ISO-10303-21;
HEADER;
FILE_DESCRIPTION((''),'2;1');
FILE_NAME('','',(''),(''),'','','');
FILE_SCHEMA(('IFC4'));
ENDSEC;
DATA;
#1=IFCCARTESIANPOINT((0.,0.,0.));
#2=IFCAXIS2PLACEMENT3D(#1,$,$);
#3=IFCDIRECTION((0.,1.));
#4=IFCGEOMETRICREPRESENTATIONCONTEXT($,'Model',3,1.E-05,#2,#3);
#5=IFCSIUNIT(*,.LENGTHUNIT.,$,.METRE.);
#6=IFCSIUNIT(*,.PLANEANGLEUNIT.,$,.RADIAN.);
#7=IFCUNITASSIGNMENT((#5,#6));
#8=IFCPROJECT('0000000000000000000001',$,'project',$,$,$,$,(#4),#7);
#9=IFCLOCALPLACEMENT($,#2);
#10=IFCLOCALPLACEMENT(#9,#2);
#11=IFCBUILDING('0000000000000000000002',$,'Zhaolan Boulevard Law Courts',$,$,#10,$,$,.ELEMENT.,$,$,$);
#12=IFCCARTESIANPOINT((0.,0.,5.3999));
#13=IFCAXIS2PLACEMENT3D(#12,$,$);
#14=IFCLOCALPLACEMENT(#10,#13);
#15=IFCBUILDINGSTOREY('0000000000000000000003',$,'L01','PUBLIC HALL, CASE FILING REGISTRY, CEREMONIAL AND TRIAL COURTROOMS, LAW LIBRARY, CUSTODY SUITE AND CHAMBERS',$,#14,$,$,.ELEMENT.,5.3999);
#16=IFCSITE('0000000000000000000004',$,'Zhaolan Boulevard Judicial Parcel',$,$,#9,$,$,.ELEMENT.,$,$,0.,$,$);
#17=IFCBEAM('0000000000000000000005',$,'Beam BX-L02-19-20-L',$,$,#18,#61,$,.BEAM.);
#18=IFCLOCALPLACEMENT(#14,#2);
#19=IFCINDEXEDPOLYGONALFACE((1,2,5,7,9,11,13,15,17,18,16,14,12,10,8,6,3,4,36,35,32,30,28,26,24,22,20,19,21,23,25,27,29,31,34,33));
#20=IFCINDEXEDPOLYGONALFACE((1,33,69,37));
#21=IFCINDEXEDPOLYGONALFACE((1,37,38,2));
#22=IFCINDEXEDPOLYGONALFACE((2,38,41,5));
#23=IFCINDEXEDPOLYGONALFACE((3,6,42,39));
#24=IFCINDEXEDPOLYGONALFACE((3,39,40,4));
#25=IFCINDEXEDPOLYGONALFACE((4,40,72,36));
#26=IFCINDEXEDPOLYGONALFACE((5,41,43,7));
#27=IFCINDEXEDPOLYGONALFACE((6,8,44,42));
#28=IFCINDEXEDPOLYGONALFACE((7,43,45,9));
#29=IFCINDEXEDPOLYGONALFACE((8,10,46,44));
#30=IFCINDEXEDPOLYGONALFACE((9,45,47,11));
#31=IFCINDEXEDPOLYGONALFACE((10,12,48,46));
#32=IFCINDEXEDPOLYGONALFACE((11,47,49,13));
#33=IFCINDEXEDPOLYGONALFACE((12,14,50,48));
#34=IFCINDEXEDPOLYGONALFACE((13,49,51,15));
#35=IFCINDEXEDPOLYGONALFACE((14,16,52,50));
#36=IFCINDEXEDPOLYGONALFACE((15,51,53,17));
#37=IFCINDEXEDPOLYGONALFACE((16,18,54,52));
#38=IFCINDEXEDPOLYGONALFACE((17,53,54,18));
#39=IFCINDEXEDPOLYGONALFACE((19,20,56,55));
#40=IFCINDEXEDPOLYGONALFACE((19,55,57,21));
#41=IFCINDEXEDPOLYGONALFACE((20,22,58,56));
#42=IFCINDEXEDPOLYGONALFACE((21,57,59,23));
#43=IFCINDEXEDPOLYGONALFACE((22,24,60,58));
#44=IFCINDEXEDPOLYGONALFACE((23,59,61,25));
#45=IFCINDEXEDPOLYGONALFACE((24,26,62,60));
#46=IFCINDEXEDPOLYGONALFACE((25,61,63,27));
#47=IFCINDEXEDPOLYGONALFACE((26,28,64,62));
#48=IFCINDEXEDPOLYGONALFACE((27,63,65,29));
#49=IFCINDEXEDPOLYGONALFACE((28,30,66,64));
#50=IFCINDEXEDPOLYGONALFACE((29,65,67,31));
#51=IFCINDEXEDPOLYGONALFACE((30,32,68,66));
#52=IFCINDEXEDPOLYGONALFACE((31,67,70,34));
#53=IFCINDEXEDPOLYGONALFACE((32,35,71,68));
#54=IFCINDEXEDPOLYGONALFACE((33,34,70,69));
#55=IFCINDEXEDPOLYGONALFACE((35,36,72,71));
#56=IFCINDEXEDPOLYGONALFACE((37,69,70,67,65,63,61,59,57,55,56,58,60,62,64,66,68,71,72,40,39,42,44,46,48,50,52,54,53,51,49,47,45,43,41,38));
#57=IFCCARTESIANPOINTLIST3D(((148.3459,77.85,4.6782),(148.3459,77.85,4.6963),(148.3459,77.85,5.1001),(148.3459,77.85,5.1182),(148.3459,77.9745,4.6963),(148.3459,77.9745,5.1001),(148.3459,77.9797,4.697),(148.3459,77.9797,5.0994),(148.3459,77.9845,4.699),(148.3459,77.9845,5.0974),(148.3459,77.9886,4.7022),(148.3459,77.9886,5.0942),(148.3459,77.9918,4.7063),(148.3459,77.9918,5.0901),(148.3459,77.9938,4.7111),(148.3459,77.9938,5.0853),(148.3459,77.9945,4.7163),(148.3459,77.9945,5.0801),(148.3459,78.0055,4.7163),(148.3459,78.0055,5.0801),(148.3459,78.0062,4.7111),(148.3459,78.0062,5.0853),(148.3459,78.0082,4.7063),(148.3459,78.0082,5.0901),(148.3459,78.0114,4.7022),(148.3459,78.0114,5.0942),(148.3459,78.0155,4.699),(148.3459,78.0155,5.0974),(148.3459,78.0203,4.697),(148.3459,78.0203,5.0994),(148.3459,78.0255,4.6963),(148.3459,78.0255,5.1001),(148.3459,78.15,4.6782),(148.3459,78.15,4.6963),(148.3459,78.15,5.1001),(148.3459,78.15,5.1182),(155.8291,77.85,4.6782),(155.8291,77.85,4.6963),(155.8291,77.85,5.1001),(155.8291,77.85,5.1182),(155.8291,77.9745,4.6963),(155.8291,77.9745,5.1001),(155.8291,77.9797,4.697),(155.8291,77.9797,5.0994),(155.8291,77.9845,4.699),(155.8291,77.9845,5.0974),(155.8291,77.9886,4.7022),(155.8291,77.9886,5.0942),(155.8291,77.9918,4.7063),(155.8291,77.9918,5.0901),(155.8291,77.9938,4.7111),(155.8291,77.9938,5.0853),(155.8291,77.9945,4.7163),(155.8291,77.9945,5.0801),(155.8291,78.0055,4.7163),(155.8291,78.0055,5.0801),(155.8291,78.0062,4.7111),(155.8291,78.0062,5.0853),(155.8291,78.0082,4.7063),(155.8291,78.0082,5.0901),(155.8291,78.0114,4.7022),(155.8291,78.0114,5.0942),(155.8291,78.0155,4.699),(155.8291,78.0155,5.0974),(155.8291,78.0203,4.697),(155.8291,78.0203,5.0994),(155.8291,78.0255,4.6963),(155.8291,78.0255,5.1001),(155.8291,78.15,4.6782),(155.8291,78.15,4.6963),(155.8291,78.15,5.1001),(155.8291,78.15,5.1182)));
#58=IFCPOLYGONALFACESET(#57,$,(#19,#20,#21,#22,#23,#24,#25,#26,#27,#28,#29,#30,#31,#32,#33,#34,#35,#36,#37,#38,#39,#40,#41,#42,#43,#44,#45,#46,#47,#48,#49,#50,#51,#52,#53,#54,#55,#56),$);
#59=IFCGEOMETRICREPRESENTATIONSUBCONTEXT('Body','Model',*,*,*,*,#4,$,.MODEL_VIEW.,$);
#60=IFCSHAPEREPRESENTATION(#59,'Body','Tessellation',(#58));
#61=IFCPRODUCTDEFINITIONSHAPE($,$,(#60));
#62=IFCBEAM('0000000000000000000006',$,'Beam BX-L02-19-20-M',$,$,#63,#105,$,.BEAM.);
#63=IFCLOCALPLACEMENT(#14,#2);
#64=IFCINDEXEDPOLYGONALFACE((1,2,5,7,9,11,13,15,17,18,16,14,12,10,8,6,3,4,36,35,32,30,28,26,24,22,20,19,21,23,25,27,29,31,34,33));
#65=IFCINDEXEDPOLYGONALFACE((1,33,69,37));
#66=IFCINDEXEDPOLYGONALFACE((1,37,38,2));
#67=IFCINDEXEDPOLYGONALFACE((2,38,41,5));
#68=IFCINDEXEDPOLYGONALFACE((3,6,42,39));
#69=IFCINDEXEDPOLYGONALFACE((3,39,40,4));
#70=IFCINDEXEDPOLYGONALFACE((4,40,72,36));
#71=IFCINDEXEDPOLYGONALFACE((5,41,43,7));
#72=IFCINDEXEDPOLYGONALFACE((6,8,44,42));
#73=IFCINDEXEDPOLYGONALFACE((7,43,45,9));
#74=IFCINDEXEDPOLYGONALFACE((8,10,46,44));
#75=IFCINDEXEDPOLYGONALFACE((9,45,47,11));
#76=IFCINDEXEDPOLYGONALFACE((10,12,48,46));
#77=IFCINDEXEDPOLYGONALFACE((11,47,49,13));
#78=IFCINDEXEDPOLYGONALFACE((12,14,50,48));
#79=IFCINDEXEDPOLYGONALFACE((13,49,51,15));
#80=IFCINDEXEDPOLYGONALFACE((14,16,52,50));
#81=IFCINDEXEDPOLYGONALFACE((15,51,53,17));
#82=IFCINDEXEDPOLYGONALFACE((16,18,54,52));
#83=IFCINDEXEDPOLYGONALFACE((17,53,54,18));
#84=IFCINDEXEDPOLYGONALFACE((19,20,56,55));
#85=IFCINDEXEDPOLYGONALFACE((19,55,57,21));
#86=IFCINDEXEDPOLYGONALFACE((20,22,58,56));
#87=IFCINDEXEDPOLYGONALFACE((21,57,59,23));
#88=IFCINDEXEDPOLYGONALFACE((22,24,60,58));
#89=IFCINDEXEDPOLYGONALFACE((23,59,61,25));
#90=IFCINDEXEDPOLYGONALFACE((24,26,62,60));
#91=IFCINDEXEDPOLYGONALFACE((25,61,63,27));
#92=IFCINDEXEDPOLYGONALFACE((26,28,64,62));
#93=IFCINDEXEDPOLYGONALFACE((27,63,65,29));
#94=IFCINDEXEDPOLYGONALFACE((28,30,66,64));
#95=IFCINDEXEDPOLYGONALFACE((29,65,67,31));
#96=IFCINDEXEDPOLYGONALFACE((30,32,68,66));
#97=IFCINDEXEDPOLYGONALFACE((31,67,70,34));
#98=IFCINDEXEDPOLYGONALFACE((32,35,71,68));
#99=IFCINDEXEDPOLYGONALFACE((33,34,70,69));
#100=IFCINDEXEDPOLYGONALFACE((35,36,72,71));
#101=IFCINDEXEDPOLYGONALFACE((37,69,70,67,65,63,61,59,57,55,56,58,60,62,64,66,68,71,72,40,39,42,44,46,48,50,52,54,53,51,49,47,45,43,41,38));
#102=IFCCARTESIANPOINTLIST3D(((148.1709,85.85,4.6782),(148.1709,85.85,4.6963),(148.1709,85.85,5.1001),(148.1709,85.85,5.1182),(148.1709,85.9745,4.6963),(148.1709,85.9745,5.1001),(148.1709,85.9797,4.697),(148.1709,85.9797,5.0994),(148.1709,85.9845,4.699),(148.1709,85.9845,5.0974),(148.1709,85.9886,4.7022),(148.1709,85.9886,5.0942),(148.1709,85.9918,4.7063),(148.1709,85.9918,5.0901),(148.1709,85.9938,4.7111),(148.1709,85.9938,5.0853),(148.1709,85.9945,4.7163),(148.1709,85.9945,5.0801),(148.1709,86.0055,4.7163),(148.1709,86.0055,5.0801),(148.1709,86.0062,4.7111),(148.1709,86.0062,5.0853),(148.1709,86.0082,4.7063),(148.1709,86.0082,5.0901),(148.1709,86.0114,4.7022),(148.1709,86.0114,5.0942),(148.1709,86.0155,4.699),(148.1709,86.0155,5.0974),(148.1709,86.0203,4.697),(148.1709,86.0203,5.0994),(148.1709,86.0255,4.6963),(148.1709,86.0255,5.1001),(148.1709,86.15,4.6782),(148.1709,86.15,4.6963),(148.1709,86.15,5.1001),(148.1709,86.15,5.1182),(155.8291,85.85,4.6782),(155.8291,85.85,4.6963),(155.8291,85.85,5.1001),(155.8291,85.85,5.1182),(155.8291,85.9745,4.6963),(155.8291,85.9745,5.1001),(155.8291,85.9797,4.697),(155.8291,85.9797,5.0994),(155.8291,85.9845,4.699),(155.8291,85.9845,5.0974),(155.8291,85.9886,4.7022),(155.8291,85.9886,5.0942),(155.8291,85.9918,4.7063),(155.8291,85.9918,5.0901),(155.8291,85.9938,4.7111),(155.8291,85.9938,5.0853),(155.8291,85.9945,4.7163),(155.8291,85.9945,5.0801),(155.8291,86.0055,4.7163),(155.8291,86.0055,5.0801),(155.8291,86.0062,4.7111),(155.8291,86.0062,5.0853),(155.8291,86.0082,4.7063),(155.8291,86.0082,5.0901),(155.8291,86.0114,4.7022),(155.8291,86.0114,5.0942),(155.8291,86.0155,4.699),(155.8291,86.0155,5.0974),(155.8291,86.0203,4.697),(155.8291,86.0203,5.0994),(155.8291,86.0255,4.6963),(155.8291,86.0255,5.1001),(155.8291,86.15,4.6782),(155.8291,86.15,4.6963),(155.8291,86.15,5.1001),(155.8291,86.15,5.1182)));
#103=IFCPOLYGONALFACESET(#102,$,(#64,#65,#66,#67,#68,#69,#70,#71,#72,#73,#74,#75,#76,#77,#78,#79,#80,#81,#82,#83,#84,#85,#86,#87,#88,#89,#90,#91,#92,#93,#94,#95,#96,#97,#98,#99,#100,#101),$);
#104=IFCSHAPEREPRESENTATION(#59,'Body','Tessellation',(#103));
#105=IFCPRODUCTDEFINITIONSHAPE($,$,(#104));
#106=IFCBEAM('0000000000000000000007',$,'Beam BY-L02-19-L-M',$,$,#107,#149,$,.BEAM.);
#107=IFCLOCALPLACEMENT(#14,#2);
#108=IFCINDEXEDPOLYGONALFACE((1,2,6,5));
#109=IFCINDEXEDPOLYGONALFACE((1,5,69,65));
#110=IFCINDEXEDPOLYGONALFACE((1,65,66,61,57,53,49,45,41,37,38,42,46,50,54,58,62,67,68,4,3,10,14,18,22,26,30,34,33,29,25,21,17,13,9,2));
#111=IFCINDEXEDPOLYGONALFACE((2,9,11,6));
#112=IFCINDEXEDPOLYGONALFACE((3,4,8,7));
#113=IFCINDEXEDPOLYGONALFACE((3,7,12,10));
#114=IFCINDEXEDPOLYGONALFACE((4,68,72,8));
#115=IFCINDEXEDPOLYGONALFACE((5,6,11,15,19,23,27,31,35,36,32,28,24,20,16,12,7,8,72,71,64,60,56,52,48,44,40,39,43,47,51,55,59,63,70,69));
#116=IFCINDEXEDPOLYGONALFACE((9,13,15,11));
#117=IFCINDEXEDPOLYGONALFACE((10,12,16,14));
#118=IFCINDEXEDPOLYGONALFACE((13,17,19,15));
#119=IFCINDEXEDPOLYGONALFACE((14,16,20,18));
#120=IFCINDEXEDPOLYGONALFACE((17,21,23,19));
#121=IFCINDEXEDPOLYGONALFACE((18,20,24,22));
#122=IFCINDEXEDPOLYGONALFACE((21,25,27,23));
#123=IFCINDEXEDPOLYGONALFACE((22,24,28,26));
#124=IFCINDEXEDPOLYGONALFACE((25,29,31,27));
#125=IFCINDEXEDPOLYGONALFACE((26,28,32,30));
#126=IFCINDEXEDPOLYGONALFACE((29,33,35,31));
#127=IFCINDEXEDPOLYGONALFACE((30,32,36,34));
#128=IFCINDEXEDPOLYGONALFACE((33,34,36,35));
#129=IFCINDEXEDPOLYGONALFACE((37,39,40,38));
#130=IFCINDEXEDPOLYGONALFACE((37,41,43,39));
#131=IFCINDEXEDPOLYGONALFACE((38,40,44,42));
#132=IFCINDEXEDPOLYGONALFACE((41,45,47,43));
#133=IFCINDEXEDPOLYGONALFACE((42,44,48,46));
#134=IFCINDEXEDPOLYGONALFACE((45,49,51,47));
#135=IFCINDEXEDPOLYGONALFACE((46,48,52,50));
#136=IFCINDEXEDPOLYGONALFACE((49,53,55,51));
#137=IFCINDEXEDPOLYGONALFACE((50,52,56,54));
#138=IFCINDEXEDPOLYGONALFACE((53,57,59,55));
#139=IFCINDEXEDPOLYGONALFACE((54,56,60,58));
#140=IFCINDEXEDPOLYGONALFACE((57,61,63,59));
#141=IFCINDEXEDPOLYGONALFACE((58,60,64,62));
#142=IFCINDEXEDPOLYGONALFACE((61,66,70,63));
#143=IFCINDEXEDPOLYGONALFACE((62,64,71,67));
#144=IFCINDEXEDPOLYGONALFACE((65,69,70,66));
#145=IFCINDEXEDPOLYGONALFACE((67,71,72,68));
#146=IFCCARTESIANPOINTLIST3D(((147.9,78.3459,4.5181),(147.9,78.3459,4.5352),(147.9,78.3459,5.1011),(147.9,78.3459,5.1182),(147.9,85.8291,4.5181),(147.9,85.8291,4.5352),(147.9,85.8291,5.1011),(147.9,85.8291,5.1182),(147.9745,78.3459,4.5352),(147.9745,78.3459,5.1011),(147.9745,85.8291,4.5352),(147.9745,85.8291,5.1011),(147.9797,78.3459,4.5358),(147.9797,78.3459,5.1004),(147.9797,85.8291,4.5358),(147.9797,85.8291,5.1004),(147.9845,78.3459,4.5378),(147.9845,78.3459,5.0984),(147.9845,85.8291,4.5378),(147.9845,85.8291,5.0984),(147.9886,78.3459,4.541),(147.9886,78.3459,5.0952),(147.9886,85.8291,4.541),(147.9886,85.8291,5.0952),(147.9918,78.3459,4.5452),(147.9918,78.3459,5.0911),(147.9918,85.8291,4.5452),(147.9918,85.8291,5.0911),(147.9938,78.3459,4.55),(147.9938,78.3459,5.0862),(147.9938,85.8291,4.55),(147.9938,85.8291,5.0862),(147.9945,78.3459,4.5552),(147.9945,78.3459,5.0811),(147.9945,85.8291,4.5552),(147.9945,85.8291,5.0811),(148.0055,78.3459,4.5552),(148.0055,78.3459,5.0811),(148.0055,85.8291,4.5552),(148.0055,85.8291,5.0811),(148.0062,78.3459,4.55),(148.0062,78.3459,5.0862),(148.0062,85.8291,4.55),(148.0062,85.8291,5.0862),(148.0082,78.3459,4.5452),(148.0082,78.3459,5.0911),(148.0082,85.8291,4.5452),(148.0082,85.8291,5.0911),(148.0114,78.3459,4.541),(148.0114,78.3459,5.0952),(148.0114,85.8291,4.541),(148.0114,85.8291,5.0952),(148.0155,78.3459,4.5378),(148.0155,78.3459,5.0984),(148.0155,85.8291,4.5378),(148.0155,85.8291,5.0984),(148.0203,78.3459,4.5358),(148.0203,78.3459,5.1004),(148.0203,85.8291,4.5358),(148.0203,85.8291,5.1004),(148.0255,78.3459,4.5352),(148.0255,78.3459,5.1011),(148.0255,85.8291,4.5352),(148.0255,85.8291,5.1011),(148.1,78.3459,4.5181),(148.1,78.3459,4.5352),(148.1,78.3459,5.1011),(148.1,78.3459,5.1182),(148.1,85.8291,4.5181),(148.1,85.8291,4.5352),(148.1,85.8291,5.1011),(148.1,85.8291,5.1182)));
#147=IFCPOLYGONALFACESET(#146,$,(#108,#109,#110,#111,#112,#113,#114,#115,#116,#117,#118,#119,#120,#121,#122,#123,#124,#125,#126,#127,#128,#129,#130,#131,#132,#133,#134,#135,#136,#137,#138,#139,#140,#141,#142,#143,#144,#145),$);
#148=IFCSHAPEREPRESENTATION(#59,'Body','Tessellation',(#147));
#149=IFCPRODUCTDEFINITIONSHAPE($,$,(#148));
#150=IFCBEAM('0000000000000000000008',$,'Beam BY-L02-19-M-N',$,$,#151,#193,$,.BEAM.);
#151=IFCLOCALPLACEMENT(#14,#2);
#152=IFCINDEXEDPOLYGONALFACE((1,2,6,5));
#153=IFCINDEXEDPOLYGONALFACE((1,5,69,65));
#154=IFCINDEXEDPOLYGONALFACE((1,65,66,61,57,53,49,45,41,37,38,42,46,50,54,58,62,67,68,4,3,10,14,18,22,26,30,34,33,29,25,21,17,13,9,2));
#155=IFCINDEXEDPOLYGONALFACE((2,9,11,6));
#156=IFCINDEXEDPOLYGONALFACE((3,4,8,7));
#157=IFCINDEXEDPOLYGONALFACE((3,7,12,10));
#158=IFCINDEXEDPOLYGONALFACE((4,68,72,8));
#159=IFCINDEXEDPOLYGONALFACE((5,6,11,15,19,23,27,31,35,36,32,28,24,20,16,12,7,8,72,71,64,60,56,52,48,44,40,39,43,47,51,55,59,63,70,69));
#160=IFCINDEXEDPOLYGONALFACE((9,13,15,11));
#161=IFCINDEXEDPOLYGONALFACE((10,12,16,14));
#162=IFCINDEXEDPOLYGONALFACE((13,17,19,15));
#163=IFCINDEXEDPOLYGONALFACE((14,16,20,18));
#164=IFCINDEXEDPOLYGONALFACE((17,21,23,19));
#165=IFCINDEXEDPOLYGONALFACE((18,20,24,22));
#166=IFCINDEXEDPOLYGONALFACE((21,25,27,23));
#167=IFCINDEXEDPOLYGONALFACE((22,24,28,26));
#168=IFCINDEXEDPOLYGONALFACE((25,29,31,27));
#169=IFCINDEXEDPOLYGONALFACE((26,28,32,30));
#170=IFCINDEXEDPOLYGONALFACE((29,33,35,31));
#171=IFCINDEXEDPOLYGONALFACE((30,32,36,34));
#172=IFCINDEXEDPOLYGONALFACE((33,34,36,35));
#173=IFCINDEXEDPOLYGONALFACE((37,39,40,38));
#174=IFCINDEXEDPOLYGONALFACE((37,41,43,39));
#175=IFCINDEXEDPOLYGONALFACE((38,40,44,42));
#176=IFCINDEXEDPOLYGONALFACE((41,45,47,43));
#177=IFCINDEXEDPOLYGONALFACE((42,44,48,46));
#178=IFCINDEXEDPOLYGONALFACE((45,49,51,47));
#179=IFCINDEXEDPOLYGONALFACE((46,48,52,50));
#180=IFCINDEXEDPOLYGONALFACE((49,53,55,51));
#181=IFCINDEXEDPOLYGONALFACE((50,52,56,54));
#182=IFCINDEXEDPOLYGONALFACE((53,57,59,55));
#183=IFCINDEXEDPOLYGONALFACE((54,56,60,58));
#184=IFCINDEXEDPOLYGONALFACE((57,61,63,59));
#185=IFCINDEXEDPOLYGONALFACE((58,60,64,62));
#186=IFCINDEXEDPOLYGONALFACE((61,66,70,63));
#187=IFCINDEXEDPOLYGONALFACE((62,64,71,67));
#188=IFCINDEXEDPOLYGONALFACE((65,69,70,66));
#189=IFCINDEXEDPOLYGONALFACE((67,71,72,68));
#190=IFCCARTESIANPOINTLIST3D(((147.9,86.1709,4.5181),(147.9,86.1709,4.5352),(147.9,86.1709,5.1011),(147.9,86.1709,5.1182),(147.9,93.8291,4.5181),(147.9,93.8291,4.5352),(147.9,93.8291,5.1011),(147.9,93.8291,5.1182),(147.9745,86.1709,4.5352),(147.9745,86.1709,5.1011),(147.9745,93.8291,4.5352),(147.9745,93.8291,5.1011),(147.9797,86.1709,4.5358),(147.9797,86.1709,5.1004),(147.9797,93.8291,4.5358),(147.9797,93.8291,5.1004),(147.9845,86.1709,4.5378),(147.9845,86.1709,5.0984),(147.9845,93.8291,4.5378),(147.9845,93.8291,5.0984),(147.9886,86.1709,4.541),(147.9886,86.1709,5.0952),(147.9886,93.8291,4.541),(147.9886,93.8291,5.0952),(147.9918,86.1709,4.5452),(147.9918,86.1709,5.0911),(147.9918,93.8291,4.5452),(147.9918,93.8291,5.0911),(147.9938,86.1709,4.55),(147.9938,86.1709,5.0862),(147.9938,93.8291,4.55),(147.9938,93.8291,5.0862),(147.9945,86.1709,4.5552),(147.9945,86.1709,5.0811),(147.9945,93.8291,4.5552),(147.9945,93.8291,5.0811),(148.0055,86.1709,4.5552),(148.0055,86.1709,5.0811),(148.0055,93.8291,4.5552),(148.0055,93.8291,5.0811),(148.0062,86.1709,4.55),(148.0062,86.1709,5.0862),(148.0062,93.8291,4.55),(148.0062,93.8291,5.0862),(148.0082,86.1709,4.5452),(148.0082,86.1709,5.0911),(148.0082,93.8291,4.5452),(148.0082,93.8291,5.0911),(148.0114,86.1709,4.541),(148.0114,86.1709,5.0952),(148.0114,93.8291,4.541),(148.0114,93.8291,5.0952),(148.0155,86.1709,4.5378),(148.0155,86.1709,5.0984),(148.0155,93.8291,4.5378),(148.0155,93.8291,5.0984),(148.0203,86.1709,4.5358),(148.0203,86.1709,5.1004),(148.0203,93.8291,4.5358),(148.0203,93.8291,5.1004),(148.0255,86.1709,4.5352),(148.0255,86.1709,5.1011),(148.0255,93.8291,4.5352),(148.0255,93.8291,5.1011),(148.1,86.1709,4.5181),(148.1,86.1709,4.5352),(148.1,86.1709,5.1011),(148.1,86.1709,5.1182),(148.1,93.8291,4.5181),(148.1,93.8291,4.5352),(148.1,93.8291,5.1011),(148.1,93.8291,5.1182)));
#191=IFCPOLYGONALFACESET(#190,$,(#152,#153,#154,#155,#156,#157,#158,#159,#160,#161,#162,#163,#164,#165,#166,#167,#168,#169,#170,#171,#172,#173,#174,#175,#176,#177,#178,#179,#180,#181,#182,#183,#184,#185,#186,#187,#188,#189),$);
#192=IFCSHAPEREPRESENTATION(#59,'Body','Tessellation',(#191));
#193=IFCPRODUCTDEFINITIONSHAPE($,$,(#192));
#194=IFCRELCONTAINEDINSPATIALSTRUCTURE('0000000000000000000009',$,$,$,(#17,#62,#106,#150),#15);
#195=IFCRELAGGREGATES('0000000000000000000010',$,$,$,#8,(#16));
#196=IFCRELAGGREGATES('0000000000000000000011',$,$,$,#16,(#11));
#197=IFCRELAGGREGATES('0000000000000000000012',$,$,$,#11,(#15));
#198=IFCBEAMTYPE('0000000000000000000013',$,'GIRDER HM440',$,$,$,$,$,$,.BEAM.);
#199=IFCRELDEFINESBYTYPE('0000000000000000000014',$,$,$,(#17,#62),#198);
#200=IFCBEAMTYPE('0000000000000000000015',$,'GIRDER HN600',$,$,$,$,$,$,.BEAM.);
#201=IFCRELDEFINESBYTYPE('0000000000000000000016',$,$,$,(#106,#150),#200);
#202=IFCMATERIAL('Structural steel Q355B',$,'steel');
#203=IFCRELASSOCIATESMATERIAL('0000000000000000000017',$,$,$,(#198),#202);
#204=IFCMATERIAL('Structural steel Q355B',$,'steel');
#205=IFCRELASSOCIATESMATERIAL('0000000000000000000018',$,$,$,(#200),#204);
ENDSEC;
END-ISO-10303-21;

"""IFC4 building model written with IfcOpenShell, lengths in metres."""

from ifc_helpers import new_model, si_unit, direction, frame, origin, origin_2d, place, context, subcontext, project, spatial, i_section, extrude, material, material_profile, profile_set, type_object, element, save


model = new_model("IFC4")

# Units and contexts
model_context = context("Model", 3, precision=1e-05, world=origin(), true_north=direction((0.0, 1.0)))
body_context = subcontext(model_context, "Body", "Model", "MODEL_VIEW")
ifc_project = project(units=[si_unit("LENGTHUNIT", "METRE"), si_unit("PLANEANGLEUNIT", "RADIAN")], contexts=[model_context])

# Site, building, storey
site_placement = place(None, origin())
site = spatial("IfcSite", under=ifc_project, at=site_placement, Name="Zhaolan Boulevard Judicial Parcel", CompositionType="ELEMENT", RefElevation=0.0)
building_placement = place(site_placement, origin())
building = spatial("IfcBuilding", under=site, at=building_placement, Name="Zhaolan Boulevard Law Courts", CompositionType="ELEMENT")
storey_placement = place(building_placement, frame((0.0, 0.0, 5.3999)))
storey = spatial("IfcBuildingStorey", under=building, at=storey_placement, Name="L01", Description="PUBLIC HALL, CASE FILING REGISTRY, CEREMONIAL AND TRIAL COURTROOMS, LAW LIBRARY, CUSTODY SUITE AND CHAMBERS", CompositionType="ELEMENT", Elevation=5.3999)

# Beams
ifc_material_1 = material(Name="Structural steel Q355B", Category="steel")
ifc_material_profile_1 = material_profile(ifc_material_1, i_section(OverallWidth=0.3, OverallDepth=0.4399, WebThickness=0.011, FlangeThickness=0.0181, FilletRadius=0.02, at=origin_2d()), Name="HM440x300")
ifc_profile_set_1 = profile_set([ifc_material_profile_1], Name="Structural steel Q355B")
beam_type_1 = type_object("IfcBeamType", Name="GIRDER HM440", PredefinedType="BEAM", material=ifc_profile_set_1)
beam_1_placement = place(storey_placement, frame((148.3459, 78.0, 4.8982), z_axis=(1.0, 0.0, 0.0), x_axis=(0.0, 1.0, 0.0)))
element("IfcBeam", 1, at=beam_1_placement, inside=storey, type_object=beam_type_1, Name="Beam BX-L02-19-20-L", PredefinedType="BEAM", context=body_context, shape_type="SweptSolid", body=[
    extrude(i_section(OverallWidth=0.3, OverallDepth=0.4399, WebThickness=0.011, FlangeThickness=0.0181, FilletRadius=0.02, at=origin_2d()), origin(), (0.0, 0.0, 1.0), 7.4832),
])
beam_2_placement = place(storey_placement, frame((148.1709, 86.0, 4.8982), z_axis=(1.0, 0.0, 0.0), x_axis=(0.0, 1.0, 0.0)))
element("IfcBeam", 2, at=beam_2_placement, inside=storey, type_object=beam_type_1, Name="Beam BX-L02-19-20-M", PredefinedType="BEAM", context=body_context, shape_type="SweptSolid", body=[
    extrude(i_section(OverallWidth=0.3, OverallDepth=0.4399, WebThickness=0.011, FlangeThickness=0.0181, FilletRadius=0.02, at=origin_2d()), origin(), (0.0, 0.0, 1.0), 7.6582),
])
ifc_material_2 = material(Name="Structural steel Q355B", Category="steel")
ifc_material_profile_2 = material_profile(ifc_material_2, i_section(OverallWidth=0.2, OverallDepth=0.6001, WebThickness=0.011, FlangeThickness=0.0171, FilletRadius=0.02, at=origin_2d()), Name="HN600x200")
ifc_profile_set_2 = profile_set([ifc_material_profile_2], Name="Structural steel Q355B")
beam_type_2 = type_object("IfcBeamType", Name="GIRDER HN600", PredefinedType="BEAM", material=ifc_profile_set_2)
beam_3_placement = place(storey_placement, frame((148.0, 78.3459, 4.8181), z_axis=(0.0, 1.0, 0.0), x_axis=(-1.0, 0.0, 0.0)))
element("IfcBeam", 3, at=beam_3_placement, inside=storey, type_object=beam_type_2, Name="Beam BY-L02-19-L-M", PredefinedType="BEAM", context=body_context, shape_type="SweptSolid", body=[
    extrude(i_section(OverallWidth=0.2, OverallDepth=0.6001, WebThickness=0.011, FlangeThickness=0.0171, FilletRadius=0.02, at=origin_2d()), origin(), (0.0, 0.0, 1.0), 7.4832),
])
for number, where, z_axis, x_axis, name in (
    (4, (148.0, 86.1709, 4.8181), (0.0, 1.0, 0.0), (-1.0, 0.0, 0.0), "Beam BY-L02-19-M-N"),
):
    element("IfcBeam", number, at=place(storey_placement, frame(where, z_axis=z_axis, x_axis=x_axis)), inside=storey, type_object=beam_type_2, Name=name, PredefinedType="BEAM", context=body_context, shape_type="SweptSolid", body=[
        extrude(i_section(OverallWidth=0.2, OverallDepth=0.6001, WebThickness=0.011, FlangeThickness=0.0171, FilletRadius=0.02, at=origin_2d()), origin(), (0.0, 0.0, 1.0), 7.6582),
    ])

save(model, "model.ifc")
